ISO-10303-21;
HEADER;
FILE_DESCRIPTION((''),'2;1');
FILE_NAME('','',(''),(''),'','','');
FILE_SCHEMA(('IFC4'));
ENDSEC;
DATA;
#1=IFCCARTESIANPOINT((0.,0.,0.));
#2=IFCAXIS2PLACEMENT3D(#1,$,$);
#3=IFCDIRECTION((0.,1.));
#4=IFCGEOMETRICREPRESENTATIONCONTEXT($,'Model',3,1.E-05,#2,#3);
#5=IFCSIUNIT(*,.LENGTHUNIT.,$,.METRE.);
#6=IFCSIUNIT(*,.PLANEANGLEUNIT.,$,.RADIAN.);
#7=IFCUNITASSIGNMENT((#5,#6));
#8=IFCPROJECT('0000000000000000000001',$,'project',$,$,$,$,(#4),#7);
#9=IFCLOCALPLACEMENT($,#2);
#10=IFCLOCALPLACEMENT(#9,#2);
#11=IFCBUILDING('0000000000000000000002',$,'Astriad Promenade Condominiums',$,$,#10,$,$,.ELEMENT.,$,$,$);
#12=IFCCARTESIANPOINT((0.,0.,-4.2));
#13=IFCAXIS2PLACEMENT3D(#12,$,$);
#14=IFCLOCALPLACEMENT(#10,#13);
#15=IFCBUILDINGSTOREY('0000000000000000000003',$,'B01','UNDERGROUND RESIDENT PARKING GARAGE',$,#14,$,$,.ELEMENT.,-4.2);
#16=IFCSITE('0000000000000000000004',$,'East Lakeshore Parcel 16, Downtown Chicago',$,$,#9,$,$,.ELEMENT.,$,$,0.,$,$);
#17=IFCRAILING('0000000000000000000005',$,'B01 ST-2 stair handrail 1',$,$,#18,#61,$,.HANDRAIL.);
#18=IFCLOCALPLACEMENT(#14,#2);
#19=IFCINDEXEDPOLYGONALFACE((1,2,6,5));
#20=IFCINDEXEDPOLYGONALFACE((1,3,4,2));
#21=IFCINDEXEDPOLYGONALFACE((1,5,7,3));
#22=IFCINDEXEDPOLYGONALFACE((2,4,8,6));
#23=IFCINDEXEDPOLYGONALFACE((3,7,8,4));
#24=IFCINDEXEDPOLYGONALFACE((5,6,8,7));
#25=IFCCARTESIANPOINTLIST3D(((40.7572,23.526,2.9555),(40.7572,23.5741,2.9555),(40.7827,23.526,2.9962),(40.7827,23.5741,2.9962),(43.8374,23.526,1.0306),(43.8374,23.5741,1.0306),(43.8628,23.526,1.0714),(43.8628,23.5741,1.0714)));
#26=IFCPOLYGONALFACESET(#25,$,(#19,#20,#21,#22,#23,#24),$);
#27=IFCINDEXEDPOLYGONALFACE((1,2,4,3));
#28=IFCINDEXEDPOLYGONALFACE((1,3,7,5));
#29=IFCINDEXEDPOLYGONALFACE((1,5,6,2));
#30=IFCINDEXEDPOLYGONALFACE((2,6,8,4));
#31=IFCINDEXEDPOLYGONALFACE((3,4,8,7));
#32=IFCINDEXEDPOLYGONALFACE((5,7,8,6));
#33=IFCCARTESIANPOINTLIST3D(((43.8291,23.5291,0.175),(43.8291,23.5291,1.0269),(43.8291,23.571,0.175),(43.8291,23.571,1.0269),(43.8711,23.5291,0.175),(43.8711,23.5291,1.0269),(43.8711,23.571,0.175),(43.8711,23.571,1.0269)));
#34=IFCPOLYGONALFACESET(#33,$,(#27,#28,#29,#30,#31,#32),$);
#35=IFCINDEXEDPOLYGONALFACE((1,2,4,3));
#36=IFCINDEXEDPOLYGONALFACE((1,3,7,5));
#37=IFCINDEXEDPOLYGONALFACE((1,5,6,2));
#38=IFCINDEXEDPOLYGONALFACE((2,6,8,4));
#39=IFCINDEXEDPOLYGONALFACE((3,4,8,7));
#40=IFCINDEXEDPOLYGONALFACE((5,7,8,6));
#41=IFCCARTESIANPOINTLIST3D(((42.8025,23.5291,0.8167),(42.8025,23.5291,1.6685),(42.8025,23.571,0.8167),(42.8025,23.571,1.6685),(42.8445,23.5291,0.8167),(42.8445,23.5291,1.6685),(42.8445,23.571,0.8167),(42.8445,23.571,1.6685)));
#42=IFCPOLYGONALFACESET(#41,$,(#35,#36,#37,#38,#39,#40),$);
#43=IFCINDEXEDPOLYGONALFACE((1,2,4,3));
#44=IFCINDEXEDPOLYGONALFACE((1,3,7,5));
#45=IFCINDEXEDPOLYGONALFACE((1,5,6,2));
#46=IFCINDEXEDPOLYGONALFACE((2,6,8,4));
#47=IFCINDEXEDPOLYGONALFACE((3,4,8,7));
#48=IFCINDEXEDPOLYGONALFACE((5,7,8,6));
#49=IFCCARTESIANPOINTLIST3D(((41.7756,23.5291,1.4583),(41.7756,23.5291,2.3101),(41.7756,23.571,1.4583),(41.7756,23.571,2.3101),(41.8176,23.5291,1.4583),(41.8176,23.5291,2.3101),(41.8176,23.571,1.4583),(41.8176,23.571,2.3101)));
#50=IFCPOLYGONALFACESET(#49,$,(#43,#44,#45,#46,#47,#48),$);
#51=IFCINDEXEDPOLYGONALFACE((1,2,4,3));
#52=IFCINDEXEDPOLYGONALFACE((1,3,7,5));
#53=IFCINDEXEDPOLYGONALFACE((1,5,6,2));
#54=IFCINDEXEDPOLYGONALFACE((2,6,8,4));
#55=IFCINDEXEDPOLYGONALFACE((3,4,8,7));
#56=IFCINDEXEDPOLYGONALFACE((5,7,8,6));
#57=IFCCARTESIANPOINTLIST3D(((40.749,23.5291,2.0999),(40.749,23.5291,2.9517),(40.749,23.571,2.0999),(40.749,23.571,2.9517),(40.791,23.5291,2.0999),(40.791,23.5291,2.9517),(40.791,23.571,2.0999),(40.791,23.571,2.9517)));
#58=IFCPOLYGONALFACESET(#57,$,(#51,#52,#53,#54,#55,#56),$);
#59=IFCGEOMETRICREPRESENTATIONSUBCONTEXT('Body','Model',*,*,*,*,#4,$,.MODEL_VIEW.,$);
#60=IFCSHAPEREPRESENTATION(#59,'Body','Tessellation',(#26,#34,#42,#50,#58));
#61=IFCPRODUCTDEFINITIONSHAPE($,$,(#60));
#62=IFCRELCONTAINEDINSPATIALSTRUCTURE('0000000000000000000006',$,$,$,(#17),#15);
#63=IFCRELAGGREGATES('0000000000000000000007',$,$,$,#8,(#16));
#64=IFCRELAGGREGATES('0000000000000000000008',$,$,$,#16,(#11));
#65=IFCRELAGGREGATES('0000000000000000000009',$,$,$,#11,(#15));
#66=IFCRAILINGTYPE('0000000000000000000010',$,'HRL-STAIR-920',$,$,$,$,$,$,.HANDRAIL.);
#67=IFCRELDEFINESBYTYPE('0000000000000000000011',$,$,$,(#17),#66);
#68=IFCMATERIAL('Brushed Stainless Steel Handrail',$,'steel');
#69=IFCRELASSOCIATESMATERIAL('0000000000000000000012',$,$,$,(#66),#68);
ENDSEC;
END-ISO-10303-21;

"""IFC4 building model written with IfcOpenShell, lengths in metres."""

from ifc_helpers import new_model, si_unit, direction, frame, origin, origin_2d, place, context, subcontext, project, spatial, rectangle, extrude, source, transform, mapped, material, type_object, element, save


model = new_model("IFC4")

# Units and contexts
model_context = context("Model", 3, precision=1e-05, world=origin(), true_north=direction((0.0, 1.0)))
body_context = subcontext(model_context, "Body", "Model", "MODEL_VIEW")
ifc_project = project(units=[si_unit("LENGTHUNIT", "METRE"), si_unit("PLANEANGLEUNIT", "RADIAN")], contexts=[model_context])

# Site, building, storey
site_placement = place(None, origin())
site = spatial("IfcSite", under=ifc_project, at=site_placement, Name="East Lakeshore Parcel 16, Downtown Chicago", CompositionType="ELEMENT", RefElevation=0.0)
building_placement = place(site_placement, origin())
building = spatial("IfcBuilding", under=site, at=building_placement, Name="Astriad Promenade Condominiums", CompositionType="ELEMENT")
storey_placement = place(building_placement, frame((0.0, 0.0, -4.2)))
storey = spatial("IfcBuildingStorey", under=building, at=storey_placement, Name="B01", Description="UNDERGROUND RESIDENT PARKING GARAGE", CompositionType="ELEMENT", Elevation=-4.2)

# Railing
ifc_material_1 = material(Name="Brushed Stainless Steel Handrail", Category="steel")
railing_type_1 = type_object("IfcRailingType", Name="HRL-STAIR-920", PredefinedType="HANDRAIL", material=ifc_material_1)
shared_shape_1 = source(origin(), body_context, "Body", "SweptSolid", [
    extrude(rectangle(XDim=0.0481, YDim=0.0481, at=origin_2d()), frame((0.0, 0.0, 0.876), z_axis=(-0.848029, 0.0, 0.529951), x_axis=(0.0, -1.0, 0.0)), (0.0, 0.0, 1.0), 3.6321),
    extrude(rectangle(XDim=0.042, YDim=0.042, at=origin_2d()), origin(), (0.0, 0.0, 1.0), 0.8518),
    extrude(rectangle(XDim=0.042, YDim=0.042, at=origin_2d()), frame((-1.0266, 0.0, 0.6416)), (0.0, 0.0, 1.0), 0.8518),
    extrude(rectangle(XDim=0.042, YDim=0.042, at=origin_2d()), frame((-2.0535, 0.0, 1.2832)), (0.0, 0.0, 1.0), 0.8518),
    extrude(rectangle(XDim=0.042, YDim=0.042, at=origin_2d()), frame((-3.0801, 0.0, 1.9248)), (0.0, 0.0, 1.0), 0.8518),
])
railing_1_placement = place(storey_placement, frame((43.8501, 23.55, 0.175)))
element("IfcRailing", 1, at=railing_1_placement, inside=storey, type_object=railing_type_1, Name="B01 ST-2 stair handrail 1", PredefinedType="HANDRAIL", context=body_context, shape_type="MappedRepresentation", body=[
    mapped(shared_shape_1, transform((0.0, 0.0, 0.0), scale=1.0)),
])

save(model, "model.ifc")
